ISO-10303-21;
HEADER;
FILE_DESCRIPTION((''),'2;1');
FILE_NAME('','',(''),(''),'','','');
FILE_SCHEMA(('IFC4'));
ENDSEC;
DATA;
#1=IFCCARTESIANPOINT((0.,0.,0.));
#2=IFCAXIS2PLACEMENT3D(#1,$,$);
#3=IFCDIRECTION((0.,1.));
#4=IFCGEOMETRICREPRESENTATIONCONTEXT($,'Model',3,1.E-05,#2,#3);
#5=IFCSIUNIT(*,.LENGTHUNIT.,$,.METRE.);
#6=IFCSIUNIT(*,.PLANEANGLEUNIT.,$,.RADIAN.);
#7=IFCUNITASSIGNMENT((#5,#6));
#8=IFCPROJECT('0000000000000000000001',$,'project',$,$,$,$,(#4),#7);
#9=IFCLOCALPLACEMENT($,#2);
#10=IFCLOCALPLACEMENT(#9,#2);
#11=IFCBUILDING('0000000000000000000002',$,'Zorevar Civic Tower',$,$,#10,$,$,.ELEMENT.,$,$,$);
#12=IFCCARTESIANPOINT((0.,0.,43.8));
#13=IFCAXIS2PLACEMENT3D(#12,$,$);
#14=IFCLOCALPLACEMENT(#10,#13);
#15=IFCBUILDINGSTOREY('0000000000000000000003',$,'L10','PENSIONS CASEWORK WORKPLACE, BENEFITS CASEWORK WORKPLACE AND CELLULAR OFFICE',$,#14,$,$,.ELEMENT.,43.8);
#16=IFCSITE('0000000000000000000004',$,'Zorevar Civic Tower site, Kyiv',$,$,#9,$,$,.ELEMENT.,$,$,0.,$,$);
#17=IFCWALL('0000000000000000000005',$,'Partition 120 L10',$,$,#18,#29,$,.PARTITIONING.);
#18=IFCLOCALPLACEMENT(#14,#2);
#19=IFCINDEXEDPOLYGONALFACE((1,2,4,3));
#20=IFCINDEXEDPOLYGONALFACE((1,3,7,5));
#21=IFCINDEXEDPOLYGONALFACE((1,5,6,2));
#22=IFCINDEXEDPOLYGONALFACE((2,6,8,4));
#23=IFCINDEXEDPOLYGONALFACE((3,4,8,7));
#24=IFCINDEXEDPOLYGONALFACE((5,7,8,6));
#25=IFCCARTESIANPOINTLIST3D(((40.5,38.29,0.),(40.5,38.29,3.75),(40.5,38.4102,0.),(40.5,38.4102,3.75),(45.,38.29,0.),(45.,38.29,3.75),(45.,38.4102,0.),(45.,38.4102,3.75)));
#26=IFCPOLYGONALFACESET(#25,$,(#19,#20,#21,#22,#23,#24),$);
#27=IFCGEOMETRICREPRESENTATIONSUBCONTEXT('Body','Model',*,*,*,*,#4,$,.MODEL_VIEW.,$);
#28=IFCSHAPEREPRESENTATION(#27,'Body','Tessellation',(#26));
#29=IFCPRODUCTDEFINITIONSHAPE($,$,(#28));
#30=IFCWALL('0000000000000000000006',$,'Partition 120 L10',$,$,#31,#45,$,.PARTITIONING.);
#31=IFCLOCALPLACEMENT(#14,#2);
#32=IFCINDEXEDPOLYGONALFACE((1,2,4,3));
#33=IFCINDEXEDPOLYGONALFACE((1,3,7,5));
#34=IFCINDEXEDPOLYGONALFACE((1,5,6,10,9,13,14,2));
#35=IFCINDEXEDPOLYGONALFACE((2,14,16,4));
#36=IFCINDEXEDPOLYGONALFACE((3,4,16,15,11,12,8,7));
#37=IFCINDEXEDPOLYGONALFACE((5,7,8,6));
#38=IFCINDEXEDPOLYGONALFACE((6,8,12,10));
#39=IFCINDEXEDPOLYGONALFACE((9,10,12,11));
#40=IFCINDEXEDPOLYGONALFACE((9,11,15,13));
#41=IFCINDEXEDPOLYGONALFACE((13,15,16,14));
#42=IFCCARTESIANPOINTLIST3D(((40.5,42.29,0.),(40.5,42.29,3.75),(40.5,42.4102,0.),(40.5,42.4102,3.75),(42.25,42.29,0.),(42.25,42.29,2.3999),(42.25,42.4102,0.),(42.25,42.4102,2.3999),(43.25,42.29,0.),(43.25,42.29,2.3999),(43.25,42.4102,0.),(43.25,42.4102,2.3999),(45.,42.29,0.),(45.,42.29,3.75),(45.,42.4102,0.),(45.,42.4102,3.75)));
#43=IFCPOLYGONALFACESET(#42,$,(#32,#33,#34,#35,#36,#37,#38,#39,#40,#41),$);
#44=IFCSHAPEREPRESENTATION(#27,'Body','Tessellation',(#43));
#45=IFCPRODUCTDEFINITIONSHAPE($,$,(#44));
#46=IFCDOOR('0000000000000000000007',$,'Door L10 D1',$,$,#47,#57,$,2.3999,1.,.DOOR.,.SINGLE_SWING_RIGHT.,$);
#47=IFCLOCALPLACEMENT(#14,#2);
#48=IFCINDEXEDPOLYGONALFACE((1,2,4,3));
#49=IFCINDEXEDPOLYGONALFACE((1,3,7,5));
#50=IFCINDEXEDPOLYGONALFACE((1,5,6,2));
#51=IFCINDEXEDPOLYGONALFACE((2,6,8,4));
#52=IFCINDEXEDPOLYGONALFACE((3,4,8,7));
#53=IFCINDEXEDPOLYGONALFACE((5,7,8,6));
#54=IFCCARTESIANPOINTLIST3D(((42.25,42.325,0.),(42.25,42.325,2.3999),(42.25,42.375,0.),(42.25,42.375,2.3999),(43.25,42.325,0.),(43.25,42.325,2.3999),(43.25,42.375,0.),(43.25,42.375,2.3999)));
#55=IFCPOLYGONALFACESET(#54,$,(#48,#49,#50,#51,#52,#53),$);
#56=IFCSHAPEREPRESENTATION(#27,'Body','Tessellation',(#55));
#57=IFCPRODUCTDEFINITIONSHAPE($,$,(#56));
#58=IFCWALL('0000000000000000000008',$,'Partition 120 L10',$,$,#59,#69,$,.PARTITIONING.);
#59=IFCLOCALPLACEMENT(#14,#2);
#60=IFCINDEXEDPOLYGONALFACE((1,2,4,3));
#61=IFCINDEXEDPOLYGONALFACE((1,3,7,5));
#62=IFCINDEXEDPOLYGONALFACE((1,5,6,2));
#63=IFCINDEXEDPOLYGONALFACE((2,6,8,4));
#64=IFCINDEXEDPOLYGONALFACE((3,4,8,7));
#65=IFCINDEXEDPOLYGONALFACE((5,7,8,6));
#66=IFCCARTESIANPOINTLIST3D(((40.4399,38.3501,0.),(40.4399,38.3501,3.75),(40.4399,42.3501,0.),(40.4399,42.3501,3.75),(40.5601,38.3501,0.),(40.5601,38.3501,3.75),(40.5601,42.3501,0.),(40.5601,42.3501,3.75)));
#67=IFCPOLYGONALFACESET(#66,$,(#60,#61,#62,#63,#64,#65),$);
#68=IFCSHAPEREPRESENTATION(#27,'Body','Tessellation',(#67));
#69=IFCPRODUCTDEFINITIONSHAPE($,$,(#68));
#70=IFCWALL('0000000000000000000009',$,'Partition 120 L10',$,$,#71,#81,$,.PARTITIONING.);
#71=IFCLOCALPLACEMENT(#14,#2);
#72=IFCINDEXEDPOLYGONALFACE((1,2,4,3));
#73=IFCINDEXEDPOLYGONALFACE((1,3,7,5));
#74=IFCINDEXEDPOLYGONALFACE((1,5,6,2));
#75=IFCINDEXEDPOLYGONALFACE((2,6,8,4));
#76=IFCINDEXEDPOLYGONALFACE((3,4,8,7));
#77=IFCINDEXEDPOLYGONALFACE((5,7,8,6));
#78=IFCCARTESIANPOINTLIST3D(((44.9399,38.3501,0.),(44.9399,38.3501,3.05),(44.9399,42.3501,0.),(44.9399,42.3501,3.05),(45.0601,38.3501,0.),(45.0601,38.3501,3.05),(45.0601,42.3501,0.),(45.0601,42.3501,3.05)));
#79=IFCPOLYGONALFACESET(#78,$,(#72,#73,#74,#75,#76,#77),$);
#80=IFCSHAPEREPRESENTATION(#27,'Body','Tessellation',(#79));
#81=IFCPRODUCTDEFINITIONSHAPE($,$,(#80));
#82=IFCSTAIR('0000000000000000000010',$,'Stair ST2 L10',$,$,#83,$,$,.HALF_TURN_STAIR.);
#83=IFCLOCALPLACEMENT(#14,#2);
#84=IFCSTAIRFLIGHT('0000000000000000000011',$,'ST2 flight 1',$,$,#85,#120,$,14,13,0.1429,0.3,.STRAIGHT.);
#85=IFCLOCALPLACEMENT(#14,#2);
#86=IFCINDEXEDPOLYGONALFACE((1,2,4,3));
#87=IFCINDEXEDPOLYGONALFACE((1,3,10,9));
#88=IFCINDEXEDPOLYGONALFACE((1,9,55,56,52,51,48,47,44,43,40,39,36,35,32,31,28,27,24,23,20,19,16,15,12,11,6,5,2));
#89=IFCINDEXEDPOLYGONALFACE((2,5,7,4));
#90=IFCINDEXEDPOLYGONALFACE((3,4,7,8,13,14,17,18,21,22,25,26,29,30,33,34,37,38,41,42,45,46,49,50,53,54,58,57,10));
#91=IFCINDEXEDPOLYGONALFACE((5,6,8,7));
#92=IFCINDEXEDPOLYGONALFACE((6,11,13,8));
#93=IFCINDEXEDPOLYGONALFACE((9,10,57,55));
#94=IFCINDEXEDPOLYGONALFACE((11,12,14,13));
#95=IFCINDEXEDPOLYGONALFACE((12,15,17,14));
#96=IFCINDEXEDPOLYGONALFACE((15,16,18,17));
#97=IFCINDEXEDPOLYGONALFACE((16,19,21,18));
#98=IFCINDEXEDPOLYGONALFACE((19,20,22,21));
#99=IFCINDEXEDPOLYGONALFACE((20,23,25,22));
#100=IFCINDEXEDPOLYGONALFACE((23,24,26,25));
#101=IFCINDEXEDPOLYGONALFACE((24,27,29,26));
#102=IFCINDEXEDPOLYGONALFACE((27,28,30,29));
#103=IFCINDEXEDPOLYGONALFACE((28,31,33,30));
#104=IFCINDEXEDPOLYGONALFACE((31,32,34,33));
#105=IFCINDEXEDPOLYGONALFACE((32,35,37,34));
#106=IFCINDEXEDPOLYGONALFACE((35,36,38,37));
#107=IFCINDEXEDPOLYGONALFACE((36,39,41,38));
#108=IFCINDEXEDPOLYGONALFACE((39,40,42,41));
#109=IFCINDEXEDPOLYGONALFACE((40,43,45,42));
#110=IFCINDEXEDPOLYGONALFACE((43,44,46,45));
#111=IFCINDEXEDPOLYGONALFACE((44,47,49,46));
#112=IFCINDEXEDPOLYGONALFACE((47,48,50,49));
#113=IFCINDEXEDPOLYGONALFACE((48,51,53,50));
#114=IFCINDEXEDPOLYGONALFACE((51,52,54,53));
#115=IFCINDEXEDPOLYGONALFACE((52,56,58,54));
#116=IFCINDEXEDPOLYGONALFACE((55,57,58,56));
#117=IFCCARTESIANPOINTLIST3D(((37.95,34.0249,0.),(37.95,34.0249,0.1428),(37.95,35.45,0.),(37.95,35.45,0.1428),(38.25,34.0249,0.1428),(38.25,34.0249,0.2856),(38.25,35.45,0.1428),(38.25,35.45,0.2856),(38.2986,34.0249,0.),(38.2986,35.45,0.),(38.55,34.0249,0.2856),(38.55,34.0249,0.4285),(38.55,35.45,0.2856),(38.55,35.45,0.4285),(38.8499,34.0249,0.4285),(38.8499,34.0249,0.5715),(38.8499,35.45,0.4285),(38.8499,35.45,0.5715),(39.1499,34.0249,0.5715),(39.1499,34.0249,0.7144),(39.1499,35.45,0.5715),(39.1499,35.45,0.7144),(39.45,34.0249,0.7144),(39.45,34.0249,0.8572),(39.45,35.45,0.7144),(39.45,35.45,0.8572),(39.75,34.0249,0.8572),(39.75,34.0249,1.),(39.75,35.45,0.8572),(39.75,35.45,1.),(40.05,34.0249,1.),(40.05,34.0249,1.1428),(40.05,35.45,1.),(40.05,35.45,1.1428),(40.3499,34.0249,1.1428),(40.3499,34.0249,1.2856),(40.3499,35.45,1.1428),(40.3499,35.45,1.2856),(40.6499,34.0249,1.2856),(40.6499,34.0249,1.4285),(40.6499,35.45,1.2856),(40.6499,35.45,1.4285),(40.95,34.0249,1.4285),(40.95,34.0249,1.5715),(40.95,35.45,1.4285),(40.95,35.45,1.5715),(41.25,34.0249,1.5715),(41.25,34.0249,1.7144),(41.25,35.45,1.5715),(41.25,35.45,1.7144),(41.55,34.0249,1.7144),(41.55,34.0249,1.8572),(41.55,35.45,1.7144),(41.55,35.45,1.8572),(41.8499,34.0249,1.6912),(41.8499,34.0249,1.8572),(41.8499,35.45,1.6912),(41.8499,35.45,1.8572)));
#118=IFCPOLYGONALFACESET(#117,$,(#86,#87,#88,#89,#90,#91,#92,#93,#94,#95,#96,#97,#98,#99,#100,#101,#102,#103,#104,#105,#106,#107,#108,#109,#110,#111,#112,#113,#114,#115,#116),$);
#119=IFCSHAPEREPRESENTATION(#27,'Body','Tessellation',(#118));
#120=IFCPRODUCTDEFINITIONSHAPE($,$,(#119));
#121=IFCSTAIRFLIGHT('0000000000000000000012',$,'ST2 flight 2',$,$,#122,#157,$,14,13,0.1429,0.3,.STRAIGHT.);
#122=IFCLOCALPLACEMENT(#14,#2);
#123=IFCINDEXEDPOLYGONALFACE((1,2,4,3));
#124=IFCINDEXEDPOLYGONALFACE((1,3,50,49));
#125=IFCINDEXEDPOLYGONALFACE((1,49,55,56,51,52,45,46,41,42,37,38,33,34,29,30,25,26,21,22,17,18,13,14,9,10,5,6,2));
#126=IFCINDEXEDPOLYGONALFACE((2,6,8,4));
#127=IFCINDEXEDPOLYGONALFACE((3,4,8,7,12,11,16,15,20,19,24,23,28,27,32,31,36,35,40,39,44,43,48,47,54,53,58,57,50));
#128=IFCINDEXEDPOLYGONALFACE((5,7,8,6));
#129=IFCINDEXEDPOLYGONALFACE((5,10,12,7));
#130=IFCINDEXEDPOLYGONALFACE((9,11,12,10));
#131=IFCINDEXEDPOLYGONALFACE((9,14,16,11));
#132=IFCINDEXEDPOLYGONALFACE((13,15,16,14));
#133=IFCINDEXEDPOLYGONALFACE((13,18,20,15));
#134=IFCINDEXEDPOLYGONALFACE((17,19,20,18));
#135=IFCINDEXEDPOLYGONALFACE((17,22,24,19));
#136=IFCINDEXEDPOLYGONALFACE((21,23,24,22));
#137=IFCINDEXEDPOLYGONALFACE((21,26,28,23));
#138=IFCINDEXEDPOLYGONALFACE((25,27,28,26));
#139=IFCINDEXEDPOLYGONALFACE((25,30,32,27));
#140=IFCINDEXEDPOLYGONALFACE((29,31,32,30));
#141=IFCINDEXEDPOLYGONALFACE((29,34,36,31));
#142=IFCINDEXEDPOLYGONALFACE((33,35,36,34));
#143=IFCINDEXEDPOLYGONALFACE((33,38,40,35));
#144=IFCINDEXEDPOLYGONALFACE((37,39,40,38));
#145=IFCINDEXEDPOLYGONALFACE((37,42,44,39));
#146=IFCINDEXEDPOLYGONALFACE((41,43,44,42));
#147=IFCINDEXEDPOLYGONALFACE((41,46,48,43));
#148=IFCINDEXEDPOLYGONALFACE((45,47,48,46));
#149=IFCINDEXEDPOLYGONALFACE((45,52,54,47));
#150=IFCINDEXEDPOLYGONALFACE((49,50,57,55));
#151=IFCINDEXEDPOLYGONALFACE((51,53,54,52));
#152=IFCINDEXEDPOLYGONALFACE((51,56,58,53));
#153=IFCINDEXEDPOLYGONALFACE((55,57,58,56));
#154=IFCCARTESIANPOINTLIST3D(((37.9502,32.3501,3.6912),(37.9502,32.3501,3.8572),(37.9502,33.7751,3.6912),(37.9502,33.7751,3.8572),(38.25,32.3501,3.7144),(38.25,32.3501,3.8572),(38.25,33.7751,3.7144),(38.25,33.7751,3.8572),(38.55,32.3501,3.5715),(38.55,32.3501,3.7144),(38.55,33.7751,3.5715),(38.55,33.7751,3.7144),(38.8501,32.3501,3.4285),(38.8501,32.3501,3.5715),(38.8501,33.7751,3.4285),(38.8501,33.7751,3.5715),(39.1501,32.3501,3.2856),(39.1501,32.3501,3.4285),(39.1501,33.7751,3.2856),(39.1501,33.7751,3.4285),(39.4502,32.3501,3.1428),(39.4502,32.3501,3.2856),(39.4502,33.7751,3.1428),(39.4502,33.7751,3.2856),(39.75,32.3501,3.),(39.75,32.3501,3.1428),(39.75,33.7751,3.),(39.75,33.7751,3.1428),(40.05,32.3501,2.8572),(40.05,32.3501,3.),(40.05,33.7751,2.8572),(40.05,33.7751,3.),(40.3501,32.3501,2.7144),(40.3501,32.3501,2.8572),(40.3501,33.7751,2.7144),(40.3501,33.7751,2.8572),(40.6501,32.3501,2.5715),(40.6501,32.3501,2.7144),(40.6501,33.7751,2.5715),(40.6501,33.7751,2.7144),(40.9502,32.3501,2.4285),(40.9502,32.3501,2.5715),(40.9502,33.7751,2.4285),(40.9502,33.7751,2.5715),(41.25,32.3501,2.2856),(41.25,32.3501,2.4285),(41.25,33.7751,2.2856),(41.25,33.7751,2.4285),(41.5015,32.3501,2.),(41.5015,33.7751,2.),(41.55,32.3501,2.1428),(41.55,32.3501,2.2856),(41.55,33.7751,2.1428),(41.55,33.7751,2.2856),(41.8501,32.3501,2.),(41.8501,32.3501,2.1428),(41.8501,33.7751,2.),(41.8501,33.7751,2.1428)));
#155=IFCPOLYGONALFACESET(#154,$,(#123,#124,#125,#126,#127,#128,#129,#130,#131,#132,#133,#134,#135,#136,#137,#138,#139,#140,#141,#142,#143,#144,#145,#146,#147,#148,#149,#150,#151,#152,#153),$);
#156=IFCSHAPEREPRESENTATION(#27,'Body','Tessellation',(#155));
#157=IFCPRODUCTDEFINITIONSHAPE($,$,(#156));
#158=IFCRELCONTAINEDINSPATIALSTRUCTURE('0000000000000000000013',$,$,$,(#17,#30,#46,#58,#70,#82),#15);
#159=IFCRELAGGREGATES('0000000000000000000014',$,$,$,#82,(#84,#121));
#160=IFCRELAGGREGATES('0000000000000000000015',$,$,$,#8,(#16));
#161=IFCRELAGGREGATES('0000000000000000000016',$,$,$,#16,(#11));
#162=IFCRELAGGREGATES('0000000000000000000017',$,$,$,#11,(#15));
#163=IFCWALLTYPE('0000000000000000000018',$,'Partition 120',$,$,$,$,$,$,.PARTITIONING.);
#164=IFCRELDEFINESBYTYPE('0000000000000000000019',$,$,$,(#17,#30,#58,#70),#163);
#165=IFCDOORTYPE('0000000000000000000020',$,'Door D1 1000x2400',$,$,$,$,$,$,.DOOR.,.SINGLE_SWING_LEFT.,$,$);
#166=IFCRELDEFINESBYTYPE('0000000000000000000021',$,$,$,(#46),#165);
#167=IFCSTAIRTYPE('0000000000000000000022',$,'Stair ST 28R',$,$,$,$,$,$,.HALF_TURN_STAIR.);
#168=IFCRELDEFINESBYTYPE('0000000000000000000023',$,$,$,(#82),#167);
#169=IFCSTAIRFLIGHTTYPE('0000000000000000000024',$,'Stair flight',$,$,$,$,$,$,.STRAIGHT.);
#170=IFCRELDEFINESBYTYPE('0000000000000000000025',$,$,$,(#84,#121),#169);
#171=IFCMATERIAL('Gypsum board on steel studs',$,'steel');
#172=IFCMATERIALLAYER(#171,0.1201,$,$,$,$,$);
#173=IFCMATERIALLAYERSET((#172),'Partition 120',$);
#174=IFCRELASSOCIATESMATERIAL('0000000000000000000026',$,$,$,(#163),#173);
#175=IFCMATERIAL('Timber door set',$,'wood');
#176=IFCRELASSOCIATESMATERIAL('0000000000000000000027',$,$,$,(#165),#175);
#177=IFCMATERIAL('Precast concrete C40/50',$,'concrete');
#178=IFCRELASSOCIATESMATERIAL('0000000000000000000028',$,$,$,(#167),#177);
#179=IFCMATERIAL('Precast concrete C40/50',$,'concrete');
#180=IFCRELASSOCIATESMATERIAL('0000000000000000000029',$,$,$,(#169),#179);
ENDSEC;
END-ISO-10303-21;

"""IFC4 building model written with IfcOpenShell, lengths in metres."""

from ifc_helpers import new_model, si_unit, direction, frame, frame_2d, origin, place, context, subcontext, project, spatial, polyline, rectangle, outline, extrude, material, layer, layer_set, type_object, element, fill, aggregate, save


model = new_model("IFC4")

# Units and contexts
model_context = context("Model", 3, precision=1e-05, world=origin(), true_north=direction((0.0, 1.0)))
body_context = subcontext(model_context, "Body", "Model", "MODEL_VIEW")
ifc_project = project(units=[si_unit("LENGTHUNIT", "METRE"), si_unit("PLANEANGLEUNIT", "RADIAN")], contexts=[model_context])

# Site, building, storey
site_placement = place(None, origin())
site = spatial("IfcSite", under=ifc_project, at=site_placement, Name="Zorevar Civic Tower site, Kyiv", CompositionType="ELEMENT", RefElevation=0.0)
building_placement = place(site_placement, origin())
building = spatial("IfcBuilding", under=site, at=building_placement, Name="Zorevar Civic Tower", CompositionType="ELEMENT")
storey_placement = place(building_placement, frame((0.0, 0.0, 43.8)))
storey = spatial("IfcBuildingStorey", under=building, at=storey_placement, Name="L10", Description="PENSIONS CASEWORK WORKPLACE, BENEFITS CASEWORK WORKPLACE AND CELLULAR OFFICE", CompositionType="ELEMENT", Elevation=43.8)

# Wall
ifc_material_1 = material(Name="Gypsum board on steel studs", Category="steel")
ifc_layer_1 = layer(ifc_material_1, 0.1201)
ifc_layer_set_1 = layer_set([ifc_layer_1], Name="Partition 120")
wall_type_1 = type_object("IfcWallType", Name="Partition 120", PredefinedType="PARTITIONING", material=ifc_layer_set_1)
wall_1_placement = place(storey_placement, frame((40.5, 38.3501, 0.0), z_axis=(0.0, 0.0, 1.0), x_axis=(1.0, 0.0, 0.0)))
element("IfcWall", 1, at=wall_1_placement, inside=storey, type_object=wall_type_1, Name="Partition 120 L10", PredefinedType="PARTITIONING", context=body_context, shape_type="SweptSolid", body=[
    extrude(rectangle(XDim=4.5, YDim=0.1201, at=frame_2d((2.25, 0.0))), origin(), (0.0, 0.0, 1.0), 3.75),
])

# Wall, opening, door
wall_2_placement = place(storey_placement, frame((40.5, 42.3501, 0.0), z_axis=(0.0, 0.0, 1.0), x_axis=(1.0, 0.0, 0.0)))
wall_2 = element("IfcWall", 2, at=wall_2_placement, inside=storey, type_object=wall_type_1, Name="Partition 120 L10", PredefinedType="PARTITIONING", context=body_context, shape_type="SweptSolid", body=[
    extrude(rectangle(XDim=4.5, YDim=0.1201, at=frame_2d((2.25, 0.0))), origin(), (0.0, 0.0, 1.0), 3.75),
])
opening_1_placement = place(wall_2_placement, frame((1.75, 0.0, 0.0)))
opening_1 = element("IfcOpeningElement", 3, at=opening_1_placement, cuts=wall_2, PredefinedType="OPENING", context=body_context, shape_type="SweptSolid", body=[
    extrude(rectangle(XDim=1.0, YDim=2.3999, at=frame_2d((0.5, 1.2))), frame((0.0, 0.0701, 0.0), z_axis=(0.0, -1.0, 0.0), x_axis=(1.0, 0.0, 0.0)), (0.0, 0.0, 1.0), 0.1401),
])
ifc_material_2 = material(Name="Timber door set", Category="wood")
door_type_1 = type_object("IfcDoorType", Name="Door D1 1000x2400", OperationType="SINGLE_SWING_LEFT", PredefinedType="DOOR", material=ifc_material_2)
door_1_placement = place(opening_1_placement, origin())
door_1 = element("IfcDoor", 4, at=door_1_placement, inside=storey, type_object=door_type_1, Name="Door L10 D1", OperationType="SINGLE_SWING_RIGHT", OverallHeight=2.3999, OverallWidth=1.0, PredefinedType="DOOR", context=body_context, shape_type="SweptSolid", body=[
    extrude(rectangle(XDim=1.0, YDim=2.3999, at=frame_2d((0.5, 1.2))), frame((0.0, 0.0249, 0.0), z_axis=(0.0, -1.0, 0.0), x_axis=(1.0, 0.0, 0.0)), (0.0, 0.0, 1.0), 0.05),
])
fill(opening_1, door_1)

# Walls
wall_3_placement = place(storey_placement, frame((40.5, 38.3501, 0.0), z_axis=(0.0, 0.0, 1.0), x_axis=(0.0, 1.0, 0.0)))
element("IfcWall", 5, at=wall_3_placement, inside=storey, type_object=wall_type_1, Name="Partition 120 L10", PredefinedType="PARTITIONING", context=body_context, shape_type="SweptSolid", body=[
    extrude(rectangle(XDim=4.0, YDim=0.1201, at=frame_2d((2.0, 0.0))), origin(), (0.0, 0.0, 1.0), 3.75),
])
wall_4_placement = place(storey_placement, frame((45.0, 38.3501, 0.0), z_axis=(0.0, 0.0, 1.0), x_axis=(0.0, 1.0, 0.0)))
element("IfcWall", 6, at=wall_4_placement, inside=storey, type_object=wall_type_1, Name="Partition 120 L10", PredefinedType="PARTITIONING", context=body_context, shape_type="SweptSolid", body=[
    extrude(rectangle(XDim=4.0, YDim=0.1201, at=frame_2d((2.0, 0.0))), origin(), (0.0, 0.0, 1.0), 3.05),
])

# Stair, stair flights
ifc_material_3 = material(Name="Precast concrete C40/50", Category="concrete")
stair_type = type_object("IfcStairType", Name="Stair ST 28R", PredefinedType="HALF_TURN_STAIR", material=ifc_material_3)
stair_placement = place(storey_placement, origin())
stair = element("IfcStair", 7, at=stair_placement, inside=storey, type_object=stair_type, Name="Stair ST2 L10", PredefinedType="HALF_TURN_STAIR")
ifc_material_4 = material(Name="Precast concrete C40/50", Category="concrete")
stair_flight_type = type_object("IfcStairFlightType", Name="Stair flight", PredefinedType="STRAIGHT", material=ifc_material_4)
stair_flight_1_placement = place(storey_placement, frame((37.95, 34.7375, 0.0), z_axis=(0.0, 0.0, 1.0), x_axis=(1.0, 0.0, 0.0)))
stair_flight_1 = element("IfcStairFlight", 8, at=stair_flight_1_placement, type_object=stair_flight_type, Name="ST2 flight 1", NumberOfRisers=14, NumberOfTreads=13, PredefinedType="STRAIGHT", RiserHeight=0.1429, TreadLength=0.3, context=body_context, shape_type="SweptSolid", body=[
    extrude(outline(polyline([(0.0, 0.0), (0.0, 0.1428), (0.3, 0.1428), (0.3, 0.2856), (0.6001, 0.2856), (0.6001, 0.4285), (0.8999, 0.4285), (0.8999, 0.5715), (1.2, 0.5715), (1.2, 0.7144), (1.5, 0.7144), (1.5, 0.8572), (1.8, 0.8572), (1.8, 1.0), (2.1001, 1.0), (2.1001, 1.1428), (2.3999, 1.1428), (2.3999, 1.2856), (2.7, 1.2856), (2.7, 1.4285), (3.0, 1.4285), (3.0, 1.5715), (3.3, 1.5715), (3.3, 1.7144), (3.6001, 1.7144), (3.6001, 1.8572), (3.8999, 1.8572), (3.8999, 2.0), (3.8999, 1.6912), (0.3486, 0.0), (0.0, 0.0)])), frame((0.0, 0.7124, 0.0), z_axis=(0.0, -1.0, 0.0), x_axis=(1.0, 0.0, 0.0)), (0.0, 0.0, 1.0), 1.425),
])
stair_flight_2_placement = place(storey_placement, frame((41.8501, 33.0625, 2.0), z_axis=(0.0, 0.0, 1.0), x_axis=(-1.0, 0.0, 0.0)))
stair_flight_2 = element("IfcStairFlight", 9, at=stair_flight_2_placement, type_object=stair_flight_type, Name="ST2 flight 2", NumberOfRisers=14, NumberOfTreads=13, PredefinedType="STRAIGHT", RiserHeight=0.1429, TreadLength=0.3, context=body_context, shape_type="SweptSolid", body=[
    extrude(outline(polyline([(0.0, 0.0), (0.0, 0.1428), (0.3, 0.1428), (0.3, 0.2856), (0.6001, 0.2856), (0.6001, 0.4285), (0.8999, 0.4285), (0.8999, 0.5715), (1.2, 0.5715), (1.2, 0.7144), (1.5, 0.7144), (1.5, 0.8572), (1.8, 0.8572), (1.8, 1.0), (2.1001, 1.0), (2.1001, 1.1428), (2.3999, 1.1428), (2.3999, 1.2856), (2.7, 1.2856), (2.7, 1.4285), (3.0, 1.4285), (3.0, 1.5715), (3.3, 1.5715), (3.3, 1.7144), (3.6001, 1.7144), (3.6001, 1.8572), (3.8999, 1.8572), (3.8999, 2.0), (3.8999, 1.6912), (0.3486, 0.0), (0.0, 0.0)])), frame((0.0, 0.7124, 0.0), z_axis=(0.0, -1.0, 0.0), x_axis=(1.0, 0.0, 0.0)), (0.0, 0.0, 1.0), 1.425),
])
aggregate(stair, [stair_flight_1, stair_flight_2])

save(model, "model.ifc")
